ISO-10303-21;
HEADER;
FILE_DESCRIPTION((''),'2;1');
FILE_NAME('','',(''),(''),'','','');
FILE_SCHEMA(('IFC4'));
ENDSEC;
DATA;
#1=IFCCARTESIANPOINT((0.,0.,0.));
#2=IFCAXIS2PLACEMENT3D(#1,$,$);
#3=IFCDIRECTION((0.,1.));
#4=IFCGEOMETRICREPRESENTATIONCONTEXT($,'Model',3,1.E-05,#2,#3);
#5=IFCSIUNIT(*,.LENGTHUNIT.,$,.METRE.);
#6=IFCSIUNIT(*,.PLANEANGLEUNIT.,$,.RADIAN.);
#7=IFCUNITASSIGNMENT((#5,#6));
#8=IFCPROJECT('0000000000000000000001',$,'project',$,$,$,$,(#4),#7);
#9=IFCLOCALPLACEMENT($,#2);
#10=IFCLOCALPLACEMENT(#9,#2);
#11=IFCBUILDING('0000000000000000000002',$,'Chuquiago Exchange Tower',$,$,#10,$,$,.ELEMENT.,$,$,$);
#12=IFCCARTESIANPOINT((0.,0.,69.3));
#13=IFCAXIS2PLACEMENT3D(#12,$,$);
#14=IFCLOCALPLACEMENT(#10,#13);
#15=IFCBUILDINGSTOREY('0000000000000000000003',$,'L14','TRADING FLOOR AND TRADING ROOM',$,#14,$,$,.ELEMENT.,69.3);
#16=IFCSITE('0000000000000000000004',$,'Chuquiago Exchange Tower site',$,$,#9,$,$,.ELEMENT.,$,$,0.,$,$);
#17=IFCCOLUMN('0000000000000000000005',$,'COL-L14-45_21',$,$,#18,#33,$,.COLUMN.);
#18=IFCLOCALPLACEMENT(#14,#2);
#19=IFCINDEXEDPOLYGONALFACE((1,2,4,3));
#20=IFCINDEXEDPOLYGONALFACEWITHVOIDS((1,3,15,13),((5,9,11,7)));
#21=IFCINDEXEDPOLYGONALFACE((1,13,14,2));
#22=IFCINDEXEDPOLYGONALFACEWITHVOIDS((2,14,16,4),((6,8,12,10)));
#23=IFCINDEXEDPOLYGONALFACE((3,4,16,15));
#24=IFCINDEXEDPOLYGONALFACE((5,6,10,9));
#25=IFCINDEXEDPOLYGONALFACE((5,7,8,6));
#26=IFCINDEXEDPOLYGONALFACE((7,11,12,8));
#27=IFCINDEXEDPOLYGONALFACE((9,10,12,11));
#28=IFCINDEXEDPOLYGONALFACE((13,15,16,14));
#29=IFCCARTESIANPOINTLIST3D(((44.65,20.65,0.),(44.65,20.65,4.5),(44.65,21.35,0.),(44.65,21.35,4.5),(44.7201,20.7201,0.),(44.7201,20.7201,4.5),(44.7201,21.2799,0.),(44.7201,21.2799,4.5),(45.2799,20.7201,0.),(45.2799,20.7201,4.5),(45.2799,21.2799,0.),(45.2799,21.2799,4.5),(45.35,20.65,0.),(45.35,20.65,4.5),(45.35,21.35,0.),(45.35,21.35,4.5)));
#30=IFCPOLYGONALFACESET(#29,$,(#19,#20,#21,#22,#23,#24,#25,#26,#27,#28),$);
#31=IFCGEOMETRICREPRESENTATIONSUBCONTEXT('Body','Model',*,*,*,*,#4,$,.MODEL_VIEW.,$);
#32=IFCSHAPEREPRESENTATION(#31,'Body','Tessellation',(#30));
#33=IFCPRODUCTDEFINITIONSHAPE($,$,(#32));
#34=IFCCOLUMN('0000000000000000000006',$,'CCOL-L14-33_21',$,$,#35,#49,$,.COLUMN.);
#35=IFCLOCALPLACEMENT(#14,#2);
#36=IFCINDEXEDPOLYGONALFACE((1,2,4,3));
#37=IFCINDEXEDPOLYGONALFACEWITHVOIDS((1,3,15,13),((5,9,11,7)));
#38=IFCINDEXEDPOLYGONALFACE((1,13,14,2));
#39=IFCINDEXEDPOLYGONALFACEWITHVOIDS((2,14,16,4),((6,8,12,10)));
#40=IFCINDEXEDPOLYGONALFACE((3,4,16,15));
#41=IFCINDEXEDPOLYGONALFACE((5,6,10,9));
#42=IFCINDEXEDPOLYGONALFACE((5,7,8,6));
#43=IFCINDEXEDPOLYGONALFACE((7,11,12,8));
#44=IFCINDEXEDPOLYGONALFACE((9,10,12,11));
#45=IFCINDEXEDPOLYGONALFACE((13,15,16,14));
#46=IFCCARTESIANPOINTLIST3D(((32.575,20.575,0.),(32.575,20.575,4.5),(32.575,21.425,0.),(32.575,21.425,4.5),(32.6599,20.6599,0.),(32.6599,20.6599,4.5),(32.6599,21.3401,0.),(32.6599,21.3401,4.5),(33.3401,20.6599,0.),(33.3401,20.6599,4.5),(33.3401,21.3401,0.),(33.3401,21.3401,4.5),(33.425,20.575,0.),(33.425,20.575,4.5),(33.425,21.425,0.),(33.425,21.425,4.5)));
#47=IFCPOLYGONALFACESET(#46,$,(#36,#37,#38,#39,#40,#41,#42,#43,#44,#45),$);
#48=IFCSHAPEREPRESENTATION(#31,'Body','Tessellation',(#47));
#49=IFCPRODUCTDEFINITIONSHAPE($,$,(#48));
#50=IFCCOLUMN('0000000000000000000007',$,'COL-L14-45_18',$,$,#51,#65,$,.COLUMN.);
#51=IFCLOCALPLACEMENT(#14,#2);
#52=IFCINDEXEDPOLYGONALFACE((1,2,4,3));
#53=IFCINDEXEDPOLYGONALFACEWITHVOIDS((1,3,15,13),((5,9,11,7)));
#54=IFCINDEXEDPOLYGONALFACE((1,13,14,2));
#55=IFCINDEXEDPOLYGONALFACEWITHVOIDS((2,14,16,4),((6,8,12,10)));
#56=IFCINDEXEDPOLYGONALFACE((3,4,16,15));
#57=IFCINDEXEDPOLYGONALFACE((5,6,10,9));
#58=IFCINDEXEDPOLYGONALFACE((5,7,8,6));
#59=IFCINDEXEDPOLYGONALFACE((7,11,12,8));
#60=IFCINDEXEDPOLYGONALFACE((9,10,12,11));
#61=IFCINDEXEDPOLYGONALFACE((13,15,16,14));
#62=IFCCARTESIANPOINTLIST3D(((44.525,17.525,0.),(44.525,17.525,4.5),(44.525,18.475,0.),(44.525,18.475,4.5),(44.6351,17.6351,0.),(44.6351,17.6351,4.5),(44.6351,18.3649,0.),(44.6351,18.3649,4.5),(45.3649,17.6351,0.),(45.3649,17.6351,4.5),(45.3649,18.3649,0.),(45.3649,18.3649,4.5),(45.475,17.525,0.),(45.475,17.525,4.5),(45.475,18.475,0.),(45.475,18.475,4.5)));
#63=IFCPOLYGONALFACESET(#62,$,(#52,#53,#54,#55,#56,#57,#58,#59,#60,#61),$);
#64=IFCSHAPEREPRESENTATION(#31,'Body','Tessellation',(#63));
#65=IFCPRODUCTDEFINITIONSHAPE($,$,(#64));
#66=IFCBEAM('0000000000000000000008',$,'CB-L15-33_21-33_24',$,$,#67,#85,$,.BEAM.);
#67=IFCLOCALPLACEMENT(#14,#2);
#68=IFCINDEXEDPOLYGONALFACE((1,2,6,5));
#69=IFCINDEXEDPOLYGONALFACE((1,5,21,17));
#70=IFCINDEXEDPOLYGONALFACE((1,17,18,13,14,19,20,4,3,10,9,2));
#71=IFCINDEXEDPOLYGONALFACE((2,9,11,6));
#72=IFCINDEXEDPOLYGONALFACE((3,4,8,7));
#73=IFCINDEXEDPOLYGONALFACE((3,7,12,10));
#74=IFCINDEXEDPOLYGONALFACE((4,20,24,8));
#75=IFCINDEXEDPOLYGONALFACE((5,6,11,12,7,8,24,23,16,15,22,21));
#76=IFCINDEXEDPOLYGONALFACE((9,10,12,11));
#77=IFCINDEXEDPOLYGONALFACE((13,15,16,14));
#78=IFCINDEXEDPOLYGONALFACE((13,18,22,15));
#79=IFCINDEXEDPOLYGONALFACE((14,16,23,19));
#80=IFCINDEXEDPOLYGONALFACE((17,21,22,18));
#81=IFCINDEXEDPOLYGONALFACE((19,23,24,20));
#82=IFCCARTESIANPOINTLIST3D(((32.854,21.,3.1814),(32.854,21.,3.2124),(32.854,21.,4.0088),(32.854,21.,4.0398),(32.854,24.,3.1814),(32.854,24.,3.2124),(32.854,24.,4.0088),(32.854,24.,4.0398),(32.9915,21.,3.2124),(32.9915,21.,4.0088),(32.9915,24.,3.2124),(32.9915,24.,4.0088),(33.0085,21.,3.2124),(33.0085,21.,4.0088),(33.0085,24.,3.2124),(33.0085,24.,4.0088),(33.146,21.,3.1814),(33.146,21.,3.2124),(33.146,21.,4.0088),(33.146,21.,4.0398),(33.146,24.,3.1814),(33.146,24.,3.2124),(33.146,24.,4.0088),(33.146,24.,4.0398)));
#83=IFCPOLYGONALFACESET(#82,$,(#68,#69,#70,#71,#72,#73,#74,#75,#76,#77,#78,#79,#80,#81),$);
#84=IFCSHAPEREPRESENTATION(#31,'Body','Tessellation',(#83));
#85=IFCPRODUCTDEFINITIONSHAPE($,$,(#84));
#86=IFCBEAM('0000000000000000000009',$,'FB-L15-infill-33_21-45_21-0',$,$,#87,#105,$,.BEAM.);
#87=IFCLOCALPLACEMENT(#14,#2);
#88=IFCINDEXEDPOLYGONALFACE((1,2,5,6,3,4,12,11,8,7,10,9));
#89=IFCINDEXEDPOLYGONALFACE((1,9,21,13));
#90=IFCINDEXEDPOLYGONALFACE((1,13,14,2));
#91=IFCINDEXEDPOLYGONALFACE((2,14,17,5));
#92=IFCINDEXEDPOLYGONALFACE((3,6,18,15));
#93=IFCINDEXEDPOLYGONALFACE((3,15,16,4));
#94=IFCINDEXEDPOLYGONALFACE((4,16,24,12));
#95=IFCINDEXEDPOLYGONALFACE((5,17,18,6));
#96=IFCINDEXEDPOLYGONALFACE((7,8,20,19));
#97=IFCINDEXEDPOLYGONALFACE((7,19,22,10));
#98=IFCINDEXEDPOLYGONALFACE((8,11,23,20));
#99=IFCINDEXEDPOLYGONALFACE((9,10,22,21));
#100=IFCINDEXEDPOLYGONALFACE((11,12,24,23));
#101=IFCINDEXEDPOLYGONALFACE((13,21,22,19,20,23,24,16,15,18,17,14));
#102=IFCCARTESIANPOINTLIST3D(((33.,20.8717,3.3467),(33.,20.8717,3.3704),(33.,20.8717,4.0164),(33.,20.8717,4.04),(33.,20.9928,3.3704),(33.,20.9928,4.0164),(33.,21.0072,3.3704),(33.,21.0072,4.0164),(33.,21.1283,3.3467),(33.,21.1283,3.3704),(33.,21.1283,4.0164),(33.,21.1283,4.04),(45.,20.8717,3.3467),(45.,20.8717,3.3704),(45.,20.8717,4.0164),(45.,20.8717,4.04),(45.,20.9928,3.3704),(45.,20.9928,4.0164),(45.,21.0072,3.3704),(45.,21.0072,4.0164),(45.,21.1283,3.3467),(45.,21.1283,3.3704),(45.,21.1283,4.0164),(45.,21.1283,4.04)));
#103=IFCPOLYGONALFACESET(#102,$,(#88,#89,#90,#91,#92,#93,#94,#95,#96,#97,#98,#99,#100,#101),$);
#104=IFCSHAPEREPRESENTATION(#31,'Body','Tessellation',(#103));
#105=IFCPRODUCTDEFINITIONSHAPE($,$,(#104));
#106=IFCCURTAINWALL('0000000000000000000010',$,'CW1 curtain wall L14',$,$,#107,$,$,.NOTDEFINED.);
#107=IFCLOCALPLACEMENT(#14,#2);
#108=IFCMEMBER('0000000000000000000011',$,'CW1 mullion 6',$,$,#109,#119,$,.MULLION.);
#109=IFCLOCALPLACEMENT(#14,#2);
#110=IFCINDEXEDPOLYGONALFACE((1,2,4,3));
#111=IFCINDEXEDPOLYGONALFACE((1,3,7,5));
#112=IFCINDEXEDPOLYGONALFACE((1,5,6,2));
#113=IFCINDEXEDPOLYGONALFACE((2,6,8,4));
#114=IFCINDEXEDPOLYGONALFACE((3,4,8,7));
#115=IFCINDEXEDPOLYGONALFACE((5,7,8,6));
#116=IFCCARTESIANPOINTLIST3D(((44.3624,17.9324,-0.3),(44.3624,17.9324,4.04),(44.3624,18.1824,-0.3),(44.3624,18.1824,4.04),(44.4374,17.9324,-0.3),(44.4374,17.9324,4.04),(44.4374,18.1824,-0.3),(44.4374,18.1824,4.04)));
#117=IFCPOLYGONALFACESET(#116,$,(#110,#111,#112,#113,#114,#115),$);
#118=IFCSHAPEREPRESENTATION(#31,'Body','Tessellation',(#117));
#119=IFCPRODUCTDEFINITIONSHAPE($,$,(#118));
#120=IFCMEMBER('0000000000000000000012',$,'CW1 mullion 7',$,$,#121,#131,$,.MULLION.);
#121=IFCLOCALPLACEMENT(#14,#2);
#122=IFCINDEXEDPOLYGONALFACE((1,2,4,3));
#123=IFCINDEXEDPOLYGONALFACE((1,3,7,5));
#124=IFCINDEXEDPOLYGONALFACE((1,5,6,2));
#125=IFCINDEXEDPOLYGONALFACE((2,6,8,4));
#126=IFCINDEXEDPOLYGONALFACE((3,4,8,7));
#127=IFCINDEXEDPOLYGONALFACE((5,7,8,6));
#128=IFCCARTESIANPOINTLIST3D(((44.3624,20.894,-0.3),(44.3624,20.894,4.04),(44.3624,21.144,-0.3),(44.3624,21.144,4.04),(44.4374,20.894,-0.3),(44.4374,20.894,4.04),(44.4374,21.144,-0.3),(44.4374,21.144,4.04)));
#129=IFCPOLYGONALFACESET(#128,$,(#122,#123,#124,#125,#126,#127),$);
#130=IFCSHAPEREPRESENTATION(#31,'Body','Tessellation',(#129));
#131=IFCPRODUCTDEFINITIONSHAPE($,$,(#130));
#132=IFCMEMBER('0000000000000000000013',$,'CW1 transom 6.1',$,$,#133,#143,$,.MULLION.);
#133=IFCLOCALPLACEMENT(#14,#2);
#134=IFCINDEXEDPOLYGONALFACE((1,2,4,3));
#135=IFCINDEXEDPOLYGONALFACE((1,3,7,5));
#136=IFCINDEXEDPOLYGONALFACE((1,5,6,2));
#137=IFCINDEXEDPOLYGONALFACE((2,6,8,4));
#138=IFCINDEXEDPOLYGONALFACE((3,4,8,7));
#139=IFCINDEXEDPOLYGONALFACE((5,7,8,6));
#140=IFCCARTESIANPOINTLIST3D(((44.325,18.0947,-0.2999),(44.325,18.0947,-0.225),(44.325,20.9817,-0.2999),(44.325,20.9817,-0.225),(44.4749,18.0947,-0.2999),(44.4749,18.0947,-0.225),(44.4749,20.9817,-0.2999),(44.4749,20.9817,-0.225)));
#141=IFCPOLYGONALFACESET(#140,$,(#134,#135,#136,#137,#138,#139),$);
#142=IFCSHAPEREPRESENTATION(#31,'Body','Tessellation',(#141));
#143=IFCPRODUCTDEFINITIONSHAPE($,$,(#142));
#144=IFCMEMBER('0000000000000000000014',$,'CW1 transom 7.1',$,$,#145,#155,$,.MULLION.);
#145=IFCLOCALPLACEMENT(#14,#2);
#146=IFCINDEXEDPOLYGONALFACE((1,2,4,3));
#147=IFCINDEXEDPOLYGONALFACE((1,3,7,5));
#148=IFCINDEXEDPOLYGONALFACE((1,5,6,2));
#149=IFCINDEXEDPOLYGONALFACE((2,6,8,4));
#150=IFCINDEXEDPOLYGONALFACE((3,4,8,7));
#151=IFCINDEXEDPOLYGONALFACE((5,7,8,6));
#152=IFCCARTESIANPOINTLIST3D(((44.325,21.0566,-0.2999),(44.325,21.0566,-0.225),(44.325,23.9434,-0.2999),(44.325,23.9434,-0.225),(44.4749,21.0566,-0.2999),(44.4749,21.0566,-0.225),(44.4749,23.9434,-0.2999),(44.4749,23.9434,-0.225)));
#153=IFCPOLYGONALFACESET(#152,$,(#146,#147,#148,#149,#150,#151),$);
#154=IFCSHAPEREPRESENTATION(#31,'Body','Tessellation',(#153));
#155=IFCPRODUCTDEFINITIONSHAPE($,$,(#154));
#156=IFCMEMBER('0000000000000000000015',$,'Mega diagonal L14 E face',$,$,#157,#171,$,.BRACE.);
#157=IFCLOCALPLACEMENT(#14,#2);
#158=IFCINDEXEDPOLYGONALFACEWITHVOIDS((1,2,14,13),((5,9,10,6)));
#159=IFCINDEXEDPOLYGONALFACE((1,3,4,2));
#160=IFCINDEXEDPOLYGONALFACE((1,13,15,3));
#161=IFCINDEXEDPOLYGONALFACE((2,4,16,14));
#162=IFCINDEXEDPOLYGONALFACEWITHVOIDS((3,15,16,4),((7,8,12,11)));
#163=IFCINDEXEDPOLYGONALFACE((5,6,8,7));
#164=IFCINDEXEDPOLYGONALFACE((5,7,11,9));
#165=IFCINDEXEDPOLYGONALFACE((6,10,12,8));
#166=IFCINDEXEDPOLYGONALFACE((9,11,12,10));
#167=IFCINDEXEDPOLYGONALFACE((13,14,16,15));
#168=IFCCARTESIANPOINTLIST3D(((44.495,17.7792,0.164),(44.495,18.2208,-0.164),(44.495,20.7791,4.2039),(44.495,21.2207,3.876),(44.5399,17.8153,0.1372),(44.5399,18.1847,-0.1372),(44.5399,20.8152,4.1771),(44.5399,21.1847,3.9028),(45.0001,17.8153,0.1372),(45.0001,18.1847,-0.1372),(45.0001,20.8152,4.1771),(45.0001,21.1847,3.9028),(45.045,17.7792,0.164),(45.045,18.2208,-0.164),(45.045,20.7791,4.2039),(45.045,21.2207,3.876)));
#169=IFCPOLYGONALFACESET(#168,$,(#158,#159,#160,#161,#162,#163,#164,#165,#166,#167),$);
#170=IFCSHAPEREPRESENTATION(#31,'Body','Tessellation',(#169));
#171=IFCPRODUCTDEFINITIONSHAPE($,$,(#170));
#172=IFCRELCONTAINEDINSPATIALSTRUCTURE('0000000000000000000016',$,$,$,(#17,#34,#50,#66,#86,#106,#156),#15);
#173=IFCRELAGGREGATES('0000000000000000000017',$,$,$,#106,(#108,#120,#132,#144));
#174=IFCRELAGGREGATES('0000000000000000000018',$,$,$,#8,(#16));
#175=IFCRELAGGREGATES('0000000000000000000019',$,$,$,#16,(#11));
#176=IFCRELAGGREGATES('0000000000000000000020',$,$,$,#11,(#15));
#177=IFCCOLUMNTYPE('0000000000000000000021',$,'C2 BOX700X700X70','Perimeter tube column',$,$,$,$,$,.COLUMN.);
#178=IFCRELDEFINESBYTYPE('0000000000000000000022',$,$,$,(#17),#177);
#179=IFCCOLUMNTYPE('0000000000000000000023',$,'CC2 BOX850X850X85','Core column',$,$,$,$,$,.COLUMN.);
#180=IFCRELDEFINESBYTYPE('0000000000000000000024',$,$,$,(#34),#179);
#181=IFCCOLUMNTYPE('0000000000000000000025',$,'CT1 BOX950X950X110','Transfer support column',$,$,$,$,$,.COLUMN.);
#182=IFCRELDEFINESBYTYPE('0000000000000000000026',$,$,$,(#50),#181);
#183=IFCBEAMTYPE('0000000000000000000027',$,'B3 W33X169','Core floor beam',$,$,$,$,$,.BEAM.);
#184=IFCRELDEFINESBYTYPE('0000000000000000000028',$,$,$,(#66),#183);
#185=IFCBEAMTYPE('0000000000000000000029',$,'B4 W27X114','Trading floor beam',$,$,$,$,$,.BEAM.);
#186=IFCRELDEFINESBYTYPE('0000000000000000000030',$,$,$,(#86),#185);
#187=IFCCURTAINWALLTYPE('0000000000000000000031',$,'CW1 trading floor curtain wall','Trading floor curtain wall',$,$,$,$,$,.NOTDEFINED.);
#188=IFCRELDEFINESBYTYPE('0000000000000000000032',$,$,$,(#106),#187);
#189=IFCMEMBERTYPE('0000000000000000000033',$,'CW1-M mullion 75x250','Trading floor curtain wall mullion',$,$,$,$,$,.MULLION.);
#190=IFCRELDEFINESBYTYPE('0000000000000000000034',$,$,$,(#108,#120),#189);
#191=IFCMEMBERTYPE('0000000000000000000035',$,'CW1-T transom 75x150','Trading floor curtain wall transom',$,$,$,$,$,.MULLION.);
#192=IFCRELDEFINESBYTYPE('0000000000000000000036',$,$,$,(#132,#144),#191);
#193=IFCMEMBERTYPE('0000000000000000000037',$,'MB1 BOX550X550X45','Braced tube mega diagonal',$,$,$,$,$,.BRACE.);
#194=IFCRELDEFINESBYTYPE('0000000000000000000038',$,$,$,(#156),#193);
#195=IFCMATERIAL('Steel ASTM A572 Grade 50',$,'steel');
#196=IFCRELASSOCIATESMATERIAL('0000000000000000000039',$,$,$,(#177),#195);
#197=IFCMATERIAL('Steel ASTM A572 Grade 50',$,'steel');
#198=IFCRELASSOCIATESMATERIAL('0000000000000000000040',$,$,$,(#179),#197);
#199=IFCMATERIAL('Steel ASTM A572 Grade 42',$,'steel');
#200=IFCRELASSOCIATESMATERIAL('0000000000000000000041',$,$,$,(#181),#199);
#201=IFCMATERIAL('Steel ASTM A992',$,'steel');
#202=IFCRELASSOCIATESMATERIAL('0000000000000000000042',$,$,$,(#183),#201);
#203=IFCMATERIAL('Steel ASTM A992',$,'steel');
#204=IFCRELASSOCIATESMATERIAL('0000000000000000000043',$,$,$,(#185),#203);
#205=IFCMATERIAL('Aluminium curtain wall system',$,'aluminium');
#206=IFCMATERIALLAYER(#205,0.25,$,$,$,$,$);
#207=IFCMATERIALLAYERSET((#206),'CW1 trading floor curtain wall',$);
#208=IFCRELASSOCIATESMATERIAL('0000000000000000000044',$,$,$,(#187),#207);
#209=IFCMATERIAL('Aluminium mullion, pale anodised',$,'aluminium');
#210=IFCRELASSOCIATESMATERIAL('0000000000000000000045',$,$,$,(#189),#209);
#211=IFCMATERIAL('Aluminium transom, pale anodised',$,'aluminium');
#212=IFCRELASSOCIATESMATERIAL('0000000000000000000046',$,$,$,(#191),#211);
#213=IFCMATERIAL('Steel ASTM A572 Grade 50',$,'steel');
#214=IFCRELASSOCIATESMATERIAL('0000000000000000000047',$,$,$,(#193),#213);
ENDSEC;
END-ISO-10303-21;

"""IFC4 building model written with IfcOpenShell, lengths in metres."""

from ifc_helpers import new_model, si_unit, direction, frame, origin, origin_2d, place, context, subcontext, project, spatial, rectangle, hollow_rectangle, i_section, extrude, material, layer, layer_set, material_profile, profile_set, type_object, element, aggregate, save


model = new_model("IFC4")

# Units and contexts
model_context = context("Model", 3, precision=1e-05, world=origin(), true_north=direction((0.0, 1.0)))
body_context = subcontext(model_context, "Body", "Model", "MODEL_VIEW")
ifc_project = project(units=[si_unit("LENGTHUNIT", "METRE"), si_unit("PLANEANGLEUNIT", "RADIAN")], contexts=[model_context])

# Site, building, storey
site_placement = place(None, origin())
site = spatial("IfcSite", under=ifc_project, at=site_placement, Name="Chuquiago Exchange Tower site", CompositionType="ELEMENT", RefElevation=0.0)
building_placement = place(site_placement, origin())
building = spatial("IfcBuilding", under=site, at=building_placement, Name="Chuquiago Exchange Tower", CompositionType="ELEMENT")
storey_placement = place(building_placement, frame((0.0, 0.0, 69.3)))
storey = spatial("IfcBuildingStorey", under=building, at=storey_placement, Name="L14", Description="TRADING FLOOR AND TRADING ROOM", CompositionType="ELEMENT", Elevation=69.3)

# Columns
ifc_material_1 = material(Name="Steel ASTM A572 Grade 50", Category="steel")
ifc_material_profile_1 = material_profile(ifc_material_1, hollow_rectangle(XDim=0.7, YDim=0.7, WallThickness=0.0701, at=origin_2d()), Name="BOX700X700X70")
ifc_profile_set_1 = profile_set([ifc_material_profile_1], Name="Steel ASTM A572 Grade 50")
column_type_1 = type_object("IfcColumnType", Name="C2 BOX700X700X70", Description="Perimeter tube column", PredefinedType="COLUMN", material=ifc_profile_set_1)
column_1_placement = place(storey_placement, frame((45.0, 21.0, 0.0), z_axis=(0.0, 0.0, 1.0), x_axis=(1.0, 0.0, 0.0)))
element("IfcColumn", 1, at=column_1_placement, inside=storey, type_object=column_type_1, Name="COL-L14-45_21", PredefinedType="COLUMN", context=body_context, shape_type="SweptSolid", body=[
    extrude(hollow_rectangle(XDim=0.7, YDim=0.7, WallThickness=0.0701, at=origin_2d()), origin(), (0.0, 0.0, 1.0), 4.5),
])
ifc_material_2 = material(Name="Steel ASTM A572 Grade 50", Category="steel")
ifc_material_profile_2 = material_profile(ifc_material_2, hollow_rectangle(XDim=0.8501, YDim=0.8501, WallThickness=0.085, at=origin_2d()), Name="BOX850X850X85")
ifc_profile_set_2 = profile_set([ifc_material_profile_2], Name="Steel ASTM A572 Grade 50")
column_type_2 = type_object("IfcColumnType", Name="CC2 BOX850X850X85", Description="Core column", PredefinedType="COLUMN", material=ifc_profile_set_2)
column_2_placement = place(storey_placement, frame((33.0, 21.0, 0.0), z_axis=(0.0, 0.0, 1.0), x_axis=(1.0, 0.0, 0.0)))
element("IfcColumn", 2, at=column_2_placement, inside=storey, type_object=column_type_2, Name="CCOL-L14-33_21", PredefinedType="COLUMN", context=body_context, shape_type="SweptSolid", body=[
    extrude(hollow_rectangle(XDim=0.8501, YDim=0.8501, WallThickness=0.085, at=origin_2d()), origin(), (0.0, 0.0, 1.0), 4.5),
])
ifc_material_3 = material(Name="Steel ASTM A572 Grade 42", Category="steel")
ifc_material_profile_3 = material_profile(ifc_material_3, hollow_rectangle(XDim=0.95, YDim=0.95, WallThickness=0.1101, at=origin_2d()), Name="BOX950X950X110")
ifc_profile_set_3 = profile_set([ifc_material_profile_3], Name="Steel ASTM A572 Grade 42")
column_type_3 = type_object("IfcColumnType", Name="CT1 BOX950X950X110", Description="Transfer support column", PredefinedType="COLUMN", material=ifc_profile_set_3)
column_3_placement = place(storey_placement, frame((45.0, 18.0, 0.0), z_axis=(0.0, 0.0, 1.0), x_axis=(1.0, 0.0, 0.0)))
element("IfcColumn", 3, at=column_3_placement, inside=storey, type_object=column_type_3, Name="COL-L14-45_18", PredefinedType="COLUMN", context=body_context, shape_type="SweptSolid", body=[
    extrude(hollow_rectangle(XDim=0.95, YDim=0.95, WallThickness=0.1101, at=origin_2d()), origin(), (0.0, 0.0, 1.0), 4.5),
])

# Beams
ifc_material_4 = material(Name="Steel ASTM A992", Category="steel")
ifc_material_profile_4 = material_profile(ifc_material_4, i_section(OverallWidth=0.292, OverallDepth=0.8584, WebThickness=0.0171, FlangeThickness=0.031, at=origin_2d()), Name="W33X169")
ifc_profile_set_4 = profile_set([ifc_material_profile_4], Name="Steel ASTM A992")
beam_type_1 = type_object("IfcBeamType", Name="B3 W33X169", Description="Core floor beam", PredefinedType="BEAM", material=ifc_profile_set_4)
beam_1_placement = place(storey_placement, frame((33.0, 21.0, 3.6106), z_axis=(0.0, 1.0, 0.0), x_axis=(-1.0, 0.0, 0.0)))
element("IfcBeam", 4, at=beam_1_placement, inside=storey, type_object=beam_type_1, Name="CB-L15-33_21-33_24", PredefinedType="BEAM", context=body_context, shape_type="SweptSolid", body=[
    extrude(i_section(OverallWidth=0.292, OverallDepth=0.8584, WebThickness=0.0171, FlangeThickness=0.031, at=origin_2d()), origin(), (0.0, 0.0, 1.0), 3.0),
])
ifc_material_5 = material(Name="Steel ASTM A992", Category="steel")
ifc_material_profile_5 = material_profile(ifc_material_5, i_section(OverallWidth=0.2566, OverallDepth=0.6934, WebThickness=0.0144, FlangeThickness=0.0237, at=origin_2d()), Name="W27X114")
ifc_profile_set_5 = profile_set([ifc_material_profile_5], Name="Steel ASTM A992")
beam_type_2 = type_object("IfcBeamType", Name="B4 W27X114", Description="Trading floor beam", PredefinedType="BEAM", material=ifc_profile_set_5)
beam_2_placement = place(storey_placement, frame((33.0, 21.0, 3.6934), z_axis=(1.0, 0.0, 0.0), x_axis=(0.0, 1.0, 0.0)))
element("IfcBeam", 5, at=beam_2_placement, inside=storey, type_object=beam_type_2, Name="FB-L15-infill-33_21-45_21-0", PredefinedType="BEAM", context=body_context, shape_type="SweptSolid", body=[
    extrude(i_section(OverallWidth=0.2566, OverallDepth=0.6934, WebThickness=0.0144, FlangeThickness=0.0237, at=origin_2d()), origin(), (0.0, 0.0, 1.0), 12.0),
])

# Curtain wall, members
ifc_material_6 = material(Name="Aluminium curtain wall system", Category="aluminium")
ifc_layer_1 = layer(ifc_material_6, 0.25)
ifc_layer_set_1 = layer_set([ifc_layer_1], Name="CW1 trading floor curtain wall")
curtain_wall_type = type_object("IfcCurtainWallType", Name="CW1 trading floor curtain wall", Description="Trading floor curtain wall", PredefinedType="NOTDEFINED", material=ifc_layer_set_1)
curtain_wall_placement = place(storey_placement, origin())
curtain_wall = element("IfcCurtainWall", 6, at=curtain_wall_placement, inside=storey, type_object=curtain_wall_type, Name="CW1 curtain wall L14", PredefinedType="NOTDEFINED")
ifc_material_7 = material(Name="Aluminium mullion, pale anodised", Category="aluminium")
ifc_material_profile_6 = material_profile(ifc_material_7, rectangle(XDim=0.075, YDim=0.25, at=origin_2d()), Name="AL 75x250")
ifc_profile_set_6 = profile_set([ifc_material_profile_6], Name="Aluminium mullion, pale anodised")
member_type_1 = type_object("IfcMemberType", Name="CW1-M mullion 75x250", Description="Trading floor curtain wall mullion", PredefinedType="MULLION", material=ifc_profile_set_6)
member_1_placement = place(storey_placement, frame((44.3999, 18.0574, -0.3), z_axis=(0.0, 0.0, 1.0), x_axis=(-1.0, 0.0, 0.0)))
member_1 = element("IfcMember", 7, at=member_1_placement, type_object=member_type_1, Name="CW1 mullion 6", PredefinedType="MULLION", context=body_context, shape_type="SweptSolid", body=[
    extrude(rectangle(XDim=0.075, YDim=0.25, at=origin_2d()), origin(), (0.0, 0.0, 1.0), 4.3401),
])
member_2_placement = place(storey_placement, frame((44.3999, 21.019, -0.3), z_axis=(0.0, 0.0, 1.0), x_axis=(-1.0, 0.0, 0.0)))
member_2 = element("IfcMember", 8, at=member_2_placement, type_object=member_type_1, Name="CW1 mullion 7", PredefinedType="MULLION", context=body_context, shape_type="SweptSolid", body=[
    extrude(rectangle(XDim=0.075, YDim=0.25, at=origin_2d()), origin(), (0.0, 0.0, 1.0), 4.3401),
])
ifc_material_8 = material(Name="Aluminium transom, pale anodised", Category="aluminium")
ifc_material_profile_7 = material_profile(ifc_material_8, rectangle(XDim=0.1499, YDim=0.075, at=origin_2d()), Name="AL 150x75")
ifc_profile_set_7 = profile_set([ifc_material_profile_7], Name="Aluminium transom, pale anodised")
member_type_2 = type_object("IfcMemberType", Name="CW1-T transom 75x150", Description="Trading floor curtain wall transom", PredefinedType="MULLION", material=ifc_profile_set_7)
member_3_placement = place(storey_placement, frame((44.3999, 18.0947, -0.2625), z_axis=(0.0, 1.0, 0.0), x_axis=(-1.0, 0.0, 0.0)))
member_3 = element("IfcMember", 9, at=member_3_placement, type_object=member_type_2, Name="CW1 transom 6.1", PredefinedType="MULLION", context=body_context, shape_type="SweptSolid", body=[
    extrude(rectangle(XDim=0.1499, YDim=0.075, at=origin_2d()), origin(), (0.0, 0.0, 1.0), 2.887),
])
member_4_placement = place(storey_placement, frame((44.3999, 21.0566, -0.2625), z_axis=(0.0, 1.0, 0.0), x_axis=(-1.0, 0.0, 0.0)))
member_4 = element("IfcMember", 10, at=member_4_placement, type_object=member_type_2, Name="CW1 transom 7.1", PredefinedType="MULLION", context=body_context, shape_type="SweptSolid", body=[
    extrude(rectangle(XDim=0.1499, YDim=0.075, at=origin_2d()), origin(), (0.0, 0.0, 1.0), 2.8867),
])

# Member
ifc_material_9 = material(Name="Steel ASTM A572 Grade 50", Category="steel")
ifc_material_profile_8 = material_profile(ifc_material_9, hollow_rectangle(XDim=0.55, YDim=0.55, WallThickness=0.0449, at=origin_2d()), Name="BOX550X550X45")
ifc_profile_set_8 = profile_set([ifc_material_profile_8], Name="Steel ASTM A572 Grade 50")
member_type_3 = type_object("IfcMemberType", Name="MB1 BOX550X550X45", Description="Braced tube mega diagonal", PredefinedType="BRACE", material=ifc_profile_set_8)
member_5_placement = place(storey_placement, frame((44.77, 18.0, 0.0), z_axis=(0.0, 0.596174, 0.802855), x_axis=(-1.0, 0.0, 0.0)))
element("IfcMember", 11, at=member_5_placement, inside=storey, type_object=member_type_3, Name="Mega diagonal L14 E face", PredefinedType="BRACE", context=body_context, shape_type="SweptSolid", body=[
    extrude(hollow_rectangle(XDim=0.55, YDim=0.55, WallThickness=0.0449, at=origin_2d()), origin(), (0.0, 0.0, 1.0), 5.032),
])

aggregate(curtain_wall, [member_1, member_2, member_3, member_4])

save(model, "model.ifc")
